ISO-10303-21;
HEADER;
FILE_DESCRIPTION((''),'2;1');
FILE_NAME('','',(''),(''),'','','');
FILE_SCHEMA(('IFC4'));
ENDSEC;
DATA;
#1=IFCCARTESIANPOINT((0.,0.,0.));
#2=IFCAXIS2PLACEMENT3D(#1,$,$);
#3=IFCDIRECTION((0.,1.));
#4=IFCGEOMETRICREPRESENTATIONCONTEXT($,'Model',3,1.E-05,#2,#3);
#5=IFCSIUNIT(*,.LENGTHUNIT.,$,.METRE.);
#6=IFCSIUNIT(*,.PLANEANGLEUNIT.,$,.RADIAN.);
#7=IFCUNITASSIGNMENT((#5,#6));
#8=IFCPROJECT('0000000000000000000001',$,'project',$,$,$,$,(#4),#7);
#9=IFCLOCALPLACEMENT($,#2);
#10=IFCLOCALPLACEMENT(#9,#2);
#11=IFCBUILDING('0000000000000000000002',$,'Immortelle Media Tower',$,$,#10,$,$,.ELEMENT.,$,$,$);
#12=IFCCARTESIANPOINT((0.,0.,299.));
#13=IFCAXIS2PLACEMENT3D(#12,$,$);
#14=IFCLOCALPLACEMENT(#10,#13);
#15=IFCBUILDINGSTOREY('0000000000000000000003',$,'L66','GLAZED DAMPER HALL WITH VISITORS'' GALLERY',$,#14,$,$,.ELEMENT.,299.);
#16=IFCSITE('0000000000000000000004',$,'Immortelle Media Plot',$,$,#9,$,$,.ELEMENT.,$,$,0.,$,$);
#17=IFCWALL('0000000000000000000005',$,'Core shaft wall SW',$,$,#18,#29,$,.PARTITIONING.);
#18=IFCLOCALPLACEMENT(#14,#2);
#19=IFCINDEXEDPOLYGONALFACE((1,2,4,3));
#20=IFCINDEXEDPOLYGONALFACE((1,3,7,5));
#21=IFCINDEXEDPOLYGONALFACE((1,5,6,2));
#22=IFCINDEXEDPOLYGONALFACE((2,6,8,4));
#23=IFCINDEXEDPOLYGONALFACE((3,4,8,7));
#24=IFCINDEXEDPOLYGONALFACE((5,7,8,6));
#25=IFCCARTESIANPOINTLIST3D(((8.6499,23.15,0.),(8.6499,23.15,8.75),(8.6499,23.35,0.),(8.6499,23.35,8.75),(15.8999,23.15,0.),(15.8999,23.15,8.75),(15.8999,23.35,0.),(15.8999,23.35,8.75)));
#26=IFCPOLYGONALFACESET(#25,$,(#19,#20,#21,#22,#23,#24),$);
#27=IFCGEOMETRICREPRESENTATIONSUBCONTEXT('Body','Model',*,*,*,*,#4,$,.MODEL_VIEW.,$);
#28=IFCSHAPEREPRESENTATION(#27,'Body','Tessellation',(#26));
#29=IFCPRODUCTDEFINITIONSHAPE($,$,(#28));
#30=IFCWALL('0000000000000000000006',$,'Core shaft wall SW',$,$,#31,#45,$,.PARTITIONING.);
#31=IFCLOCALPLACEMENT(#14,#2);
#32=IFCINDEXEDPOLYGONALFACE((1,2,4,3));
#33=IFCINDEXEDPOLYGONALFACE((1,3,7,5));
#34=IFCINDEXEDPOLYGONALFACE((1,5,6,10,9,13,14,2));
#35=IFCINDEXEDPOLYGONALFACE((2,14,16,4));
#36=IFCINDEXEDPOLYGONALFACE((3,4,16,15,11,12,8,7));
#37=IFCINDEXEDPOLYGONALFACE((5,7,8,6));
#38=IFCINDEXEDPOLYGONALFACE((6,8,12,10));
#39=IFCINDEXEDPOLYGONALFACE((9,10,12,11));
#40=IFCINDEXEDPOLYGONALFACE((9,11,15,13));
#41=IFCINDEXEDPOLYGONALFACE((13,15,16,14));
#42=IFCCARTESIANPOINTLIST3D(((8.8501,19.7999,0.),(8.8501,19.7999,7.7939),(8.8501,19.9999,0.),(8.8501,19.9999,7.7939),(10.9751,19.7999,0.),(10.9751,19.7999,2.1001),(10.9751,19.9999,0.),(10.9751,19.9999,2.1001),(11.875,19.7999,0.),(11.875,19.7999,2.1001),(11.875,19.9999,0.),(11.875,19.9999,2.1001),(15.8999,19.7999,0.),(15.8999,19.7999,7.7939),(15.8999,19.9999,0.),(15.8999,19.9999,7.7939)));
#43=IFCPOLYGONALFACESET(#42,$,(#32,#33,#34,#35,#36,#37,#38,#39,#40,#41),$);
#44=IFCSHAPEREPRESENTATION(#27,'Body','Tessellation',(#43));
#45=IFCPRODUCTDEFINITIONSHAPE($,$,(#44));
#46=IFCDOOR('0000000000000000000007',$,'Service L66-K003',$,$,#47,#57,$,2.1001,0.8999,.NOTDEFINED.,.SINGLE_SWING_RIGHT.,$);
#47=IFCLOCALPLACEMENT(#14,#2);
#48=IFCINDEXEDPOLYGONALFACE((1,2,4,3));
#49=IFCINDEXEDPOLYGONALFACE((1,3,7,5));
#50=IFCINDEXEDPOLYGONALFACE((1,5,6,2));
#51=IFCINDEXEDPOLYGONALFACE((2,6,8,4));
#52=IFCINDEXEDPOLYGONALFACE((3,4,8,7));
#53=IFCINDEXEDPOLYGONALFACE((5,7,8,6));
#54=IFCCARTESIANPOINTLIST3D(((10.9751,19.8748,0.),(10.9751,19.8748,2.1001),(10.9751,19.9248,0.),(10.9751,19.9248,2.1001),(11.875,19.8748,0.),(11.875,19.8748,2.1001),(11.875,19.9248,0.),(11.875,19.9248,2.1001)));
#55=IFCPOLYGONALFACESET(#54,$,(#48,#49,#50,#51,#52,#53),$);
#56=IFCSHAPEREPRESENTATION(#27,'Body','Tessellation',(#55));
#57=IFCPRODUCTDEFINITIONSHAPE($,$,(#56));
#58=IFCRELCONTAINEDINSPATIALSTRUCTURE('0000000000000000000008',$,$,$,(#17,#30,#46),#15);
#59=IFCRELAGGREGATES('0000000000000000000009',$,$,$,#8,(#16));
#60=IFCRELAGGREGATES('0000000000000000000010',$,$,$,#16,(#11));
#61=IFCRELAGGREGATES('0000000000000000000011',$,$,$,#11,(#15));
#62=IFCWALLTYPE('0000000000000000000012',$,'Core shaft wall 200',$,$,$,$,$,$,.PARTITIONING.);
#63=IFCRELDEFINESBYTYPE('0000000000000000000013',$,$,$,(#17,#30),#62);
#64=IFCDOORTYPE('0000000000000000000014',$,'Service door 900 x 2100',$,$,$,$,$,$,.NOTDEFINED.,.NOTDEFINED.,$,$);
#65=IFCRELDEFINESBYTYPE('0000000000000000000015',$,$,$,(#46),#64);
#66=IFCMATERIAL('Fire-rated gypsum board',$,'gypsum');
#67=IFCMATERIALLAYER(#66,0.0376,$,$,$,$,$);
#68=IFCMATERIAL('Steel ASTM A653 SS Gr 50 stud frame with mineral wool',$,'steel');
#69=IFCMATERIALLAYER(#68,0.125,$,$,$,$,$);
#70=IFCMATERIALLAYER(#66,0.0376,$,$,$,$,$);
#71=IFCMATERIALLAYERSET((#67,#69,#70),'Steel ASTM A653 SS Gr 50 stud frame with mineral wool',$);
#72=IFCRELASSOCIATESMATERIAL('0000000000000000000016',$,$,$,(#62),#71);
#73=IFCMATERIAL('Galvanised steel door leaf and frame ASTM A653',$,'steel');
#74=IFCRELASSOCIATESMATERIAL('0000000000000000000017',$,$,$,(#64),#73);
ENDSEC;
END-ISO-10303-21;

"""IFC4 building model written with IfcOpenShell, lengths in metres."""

from ifc_helpers import new_model, si_unit, direction, frame, frame_2d, origin, place, context, subcontext, project, spatial, rectangle, extrude, material, layer, layer_set, type_object, element, fill, save


model = new_model("IFC4")

# Units and contexts
model_context = context("Model", 3, precision=1e-05, world=origin(), true_north=direction((0.0, 1.0)))
body_context = subcontext(model_context, "Body", "Model", "MODEL_VIEW")
ifc_project = project(units=[si_unit("LENGTHUNIT", "METRE"), si_unit("PLANEANGLEUNIT", "RADIAN")], contexts=[model_context])

# Site, building, storey
site_placement = place(None, origin())
site = spatial("IfcSite", under=ifc_project, at=site_placement, Name="Immortelle Media Plot", CompositionType="ELEMENT", RefElevation=0.0)
building_placement = place(site_placement, origin())
building = spatial("IfcBuilding", under=site, at=building_placement, Name="Immortelle Media Tower", CompositionType="ELEMENT")
storey_placement = place(building_placement, frame((0.0, 0.0, 299.0)))
storey = spatial("IfcBuildingStorey", under=building, at=storey_placement, Name="L66", Description="GLAZED DAMPER HALL WITH VISITORS' GALLERY", CompositionType="ELEMENT", Elevation=299.0)

# Wall
ifc_material_1 = material(Name="Fire-rated gypsum board", Category="gypsum")
ifc_layer_1 = layer(ifc_material_1, 0.0376)
ifc_material_2 = material(Name="Steel ASTM A653 SS Gr 50 stud frame with mineral wool", Category="steel")
ifc_layer_2 = layer(ifc_material_2, 0.125)
ifc_layer_3 = layer(ifc_material_1, 0.0376)
ifc_layer_set_1 = layer_set([ifc_layer_1, ifc_layer_2, ifc_layer_3], Name="Steel ASTM A653 SS Gr 50 stud frame with mineral wool")
wall_type = type_object("IfcWallType", Name="Core shaft wall 200", PredefinedType="PARTITIONING", material=ifc_layer_set_1)
wall_1_placement = place(storey_placement, frame((8.6499, 23.25, 0.0), z_axis=(0.0, 0.0, 1.0), x_axis=(1.0, 0.0, 0.0)))
element("IfcWall", 1, at=wall_1_placement, inside=storey, type_object=wall_type, Name="Core shaft wall SW", PredefinedType="PARTITIONING", context=body_context, shape_type="SweptSolid", body=[
    extrude(rectangle(XDim=7.25, YDim=0.2, at=frame_2d((3.625, 0.0))), origin(), (0.0, 0.0, 1.0), 8.75),
])

# Wall, opening, door
wall_2_placement = place(storey_placement, frame((8.8501, 19.8999, 0.0), z_axis=(0.0, 0.0, 1.0), x_axis=(1.0, 0.0, 0.0)))
wall_2 = element("IfcWall", 2, at=wall_2_placement, inside=storey, type_object=wall_type, Name="Core shaft wall SW", PredefinedType="PARTITIONING", context=body_context, shape_type="SweptSolid", body=[
    extrude(rectangle(XDim=7.0498, YDim=0.2, at=frame_2d((3.5249, 0.0))), origin(), (0.0, 0.0, 1.0), 7.7939),
])
opening_placement = place(wall_2_placement, frame((2.125, 0.0, 0.0)))
opening = element("IfcOpeningElement", 3, at=opening_placement, cuts=wall_2, PredefinedType="OPENING", context=body_context, shape_type="SweptSolid", body=[
    extrude(rectangle(XDim=0.8999, YDim=2.1001, at=frame_2d((0.45, 1.05))), frame((0.0, 0.1099, 0.0), z_axis=(0.0, -1.0, 0.0), x_axis=(1.0, 0.0, 0.0)), (0.0, 0.0, 1.0), 0.22),
])
ifc_material_3 = material(Name="Galvanised steel door leaf and frame ASTM A653", Category="steel")
door_type = type_object("IfcDoorType", Name="Service door 900 x 2100", OperationType="NOTDEFINED", PredefinedType="NOTDEFINED", material=ifc_material_3)
door_placement = place(opening_placement, origin())
door = element("IfcDoor", 4, at=door_placement, inside=storey, type_object=door_type, Name="Service L66-K003", OperationType="SINGLE_SWING_RIGHT", OverallHeight=2.1001, OverallWidth=0.8999, PredefinedType="NOTDEFINED", context=body_context, shape_type="SweptSolid", body=[
    extrude(rectangle(XDim=0.8999, YDim=2.1001, at=frame_2d((0.45, 1.05))), frame((0.0, 0.0249, 0.0), z_axis=(0.0, -1.0, 0.0), x_axis=(1.0, 0.0, 0.0)), (0.0, 0.0, 1.0), 0.05),
])
fill(opening, door)

save(model, "model.ifc")
